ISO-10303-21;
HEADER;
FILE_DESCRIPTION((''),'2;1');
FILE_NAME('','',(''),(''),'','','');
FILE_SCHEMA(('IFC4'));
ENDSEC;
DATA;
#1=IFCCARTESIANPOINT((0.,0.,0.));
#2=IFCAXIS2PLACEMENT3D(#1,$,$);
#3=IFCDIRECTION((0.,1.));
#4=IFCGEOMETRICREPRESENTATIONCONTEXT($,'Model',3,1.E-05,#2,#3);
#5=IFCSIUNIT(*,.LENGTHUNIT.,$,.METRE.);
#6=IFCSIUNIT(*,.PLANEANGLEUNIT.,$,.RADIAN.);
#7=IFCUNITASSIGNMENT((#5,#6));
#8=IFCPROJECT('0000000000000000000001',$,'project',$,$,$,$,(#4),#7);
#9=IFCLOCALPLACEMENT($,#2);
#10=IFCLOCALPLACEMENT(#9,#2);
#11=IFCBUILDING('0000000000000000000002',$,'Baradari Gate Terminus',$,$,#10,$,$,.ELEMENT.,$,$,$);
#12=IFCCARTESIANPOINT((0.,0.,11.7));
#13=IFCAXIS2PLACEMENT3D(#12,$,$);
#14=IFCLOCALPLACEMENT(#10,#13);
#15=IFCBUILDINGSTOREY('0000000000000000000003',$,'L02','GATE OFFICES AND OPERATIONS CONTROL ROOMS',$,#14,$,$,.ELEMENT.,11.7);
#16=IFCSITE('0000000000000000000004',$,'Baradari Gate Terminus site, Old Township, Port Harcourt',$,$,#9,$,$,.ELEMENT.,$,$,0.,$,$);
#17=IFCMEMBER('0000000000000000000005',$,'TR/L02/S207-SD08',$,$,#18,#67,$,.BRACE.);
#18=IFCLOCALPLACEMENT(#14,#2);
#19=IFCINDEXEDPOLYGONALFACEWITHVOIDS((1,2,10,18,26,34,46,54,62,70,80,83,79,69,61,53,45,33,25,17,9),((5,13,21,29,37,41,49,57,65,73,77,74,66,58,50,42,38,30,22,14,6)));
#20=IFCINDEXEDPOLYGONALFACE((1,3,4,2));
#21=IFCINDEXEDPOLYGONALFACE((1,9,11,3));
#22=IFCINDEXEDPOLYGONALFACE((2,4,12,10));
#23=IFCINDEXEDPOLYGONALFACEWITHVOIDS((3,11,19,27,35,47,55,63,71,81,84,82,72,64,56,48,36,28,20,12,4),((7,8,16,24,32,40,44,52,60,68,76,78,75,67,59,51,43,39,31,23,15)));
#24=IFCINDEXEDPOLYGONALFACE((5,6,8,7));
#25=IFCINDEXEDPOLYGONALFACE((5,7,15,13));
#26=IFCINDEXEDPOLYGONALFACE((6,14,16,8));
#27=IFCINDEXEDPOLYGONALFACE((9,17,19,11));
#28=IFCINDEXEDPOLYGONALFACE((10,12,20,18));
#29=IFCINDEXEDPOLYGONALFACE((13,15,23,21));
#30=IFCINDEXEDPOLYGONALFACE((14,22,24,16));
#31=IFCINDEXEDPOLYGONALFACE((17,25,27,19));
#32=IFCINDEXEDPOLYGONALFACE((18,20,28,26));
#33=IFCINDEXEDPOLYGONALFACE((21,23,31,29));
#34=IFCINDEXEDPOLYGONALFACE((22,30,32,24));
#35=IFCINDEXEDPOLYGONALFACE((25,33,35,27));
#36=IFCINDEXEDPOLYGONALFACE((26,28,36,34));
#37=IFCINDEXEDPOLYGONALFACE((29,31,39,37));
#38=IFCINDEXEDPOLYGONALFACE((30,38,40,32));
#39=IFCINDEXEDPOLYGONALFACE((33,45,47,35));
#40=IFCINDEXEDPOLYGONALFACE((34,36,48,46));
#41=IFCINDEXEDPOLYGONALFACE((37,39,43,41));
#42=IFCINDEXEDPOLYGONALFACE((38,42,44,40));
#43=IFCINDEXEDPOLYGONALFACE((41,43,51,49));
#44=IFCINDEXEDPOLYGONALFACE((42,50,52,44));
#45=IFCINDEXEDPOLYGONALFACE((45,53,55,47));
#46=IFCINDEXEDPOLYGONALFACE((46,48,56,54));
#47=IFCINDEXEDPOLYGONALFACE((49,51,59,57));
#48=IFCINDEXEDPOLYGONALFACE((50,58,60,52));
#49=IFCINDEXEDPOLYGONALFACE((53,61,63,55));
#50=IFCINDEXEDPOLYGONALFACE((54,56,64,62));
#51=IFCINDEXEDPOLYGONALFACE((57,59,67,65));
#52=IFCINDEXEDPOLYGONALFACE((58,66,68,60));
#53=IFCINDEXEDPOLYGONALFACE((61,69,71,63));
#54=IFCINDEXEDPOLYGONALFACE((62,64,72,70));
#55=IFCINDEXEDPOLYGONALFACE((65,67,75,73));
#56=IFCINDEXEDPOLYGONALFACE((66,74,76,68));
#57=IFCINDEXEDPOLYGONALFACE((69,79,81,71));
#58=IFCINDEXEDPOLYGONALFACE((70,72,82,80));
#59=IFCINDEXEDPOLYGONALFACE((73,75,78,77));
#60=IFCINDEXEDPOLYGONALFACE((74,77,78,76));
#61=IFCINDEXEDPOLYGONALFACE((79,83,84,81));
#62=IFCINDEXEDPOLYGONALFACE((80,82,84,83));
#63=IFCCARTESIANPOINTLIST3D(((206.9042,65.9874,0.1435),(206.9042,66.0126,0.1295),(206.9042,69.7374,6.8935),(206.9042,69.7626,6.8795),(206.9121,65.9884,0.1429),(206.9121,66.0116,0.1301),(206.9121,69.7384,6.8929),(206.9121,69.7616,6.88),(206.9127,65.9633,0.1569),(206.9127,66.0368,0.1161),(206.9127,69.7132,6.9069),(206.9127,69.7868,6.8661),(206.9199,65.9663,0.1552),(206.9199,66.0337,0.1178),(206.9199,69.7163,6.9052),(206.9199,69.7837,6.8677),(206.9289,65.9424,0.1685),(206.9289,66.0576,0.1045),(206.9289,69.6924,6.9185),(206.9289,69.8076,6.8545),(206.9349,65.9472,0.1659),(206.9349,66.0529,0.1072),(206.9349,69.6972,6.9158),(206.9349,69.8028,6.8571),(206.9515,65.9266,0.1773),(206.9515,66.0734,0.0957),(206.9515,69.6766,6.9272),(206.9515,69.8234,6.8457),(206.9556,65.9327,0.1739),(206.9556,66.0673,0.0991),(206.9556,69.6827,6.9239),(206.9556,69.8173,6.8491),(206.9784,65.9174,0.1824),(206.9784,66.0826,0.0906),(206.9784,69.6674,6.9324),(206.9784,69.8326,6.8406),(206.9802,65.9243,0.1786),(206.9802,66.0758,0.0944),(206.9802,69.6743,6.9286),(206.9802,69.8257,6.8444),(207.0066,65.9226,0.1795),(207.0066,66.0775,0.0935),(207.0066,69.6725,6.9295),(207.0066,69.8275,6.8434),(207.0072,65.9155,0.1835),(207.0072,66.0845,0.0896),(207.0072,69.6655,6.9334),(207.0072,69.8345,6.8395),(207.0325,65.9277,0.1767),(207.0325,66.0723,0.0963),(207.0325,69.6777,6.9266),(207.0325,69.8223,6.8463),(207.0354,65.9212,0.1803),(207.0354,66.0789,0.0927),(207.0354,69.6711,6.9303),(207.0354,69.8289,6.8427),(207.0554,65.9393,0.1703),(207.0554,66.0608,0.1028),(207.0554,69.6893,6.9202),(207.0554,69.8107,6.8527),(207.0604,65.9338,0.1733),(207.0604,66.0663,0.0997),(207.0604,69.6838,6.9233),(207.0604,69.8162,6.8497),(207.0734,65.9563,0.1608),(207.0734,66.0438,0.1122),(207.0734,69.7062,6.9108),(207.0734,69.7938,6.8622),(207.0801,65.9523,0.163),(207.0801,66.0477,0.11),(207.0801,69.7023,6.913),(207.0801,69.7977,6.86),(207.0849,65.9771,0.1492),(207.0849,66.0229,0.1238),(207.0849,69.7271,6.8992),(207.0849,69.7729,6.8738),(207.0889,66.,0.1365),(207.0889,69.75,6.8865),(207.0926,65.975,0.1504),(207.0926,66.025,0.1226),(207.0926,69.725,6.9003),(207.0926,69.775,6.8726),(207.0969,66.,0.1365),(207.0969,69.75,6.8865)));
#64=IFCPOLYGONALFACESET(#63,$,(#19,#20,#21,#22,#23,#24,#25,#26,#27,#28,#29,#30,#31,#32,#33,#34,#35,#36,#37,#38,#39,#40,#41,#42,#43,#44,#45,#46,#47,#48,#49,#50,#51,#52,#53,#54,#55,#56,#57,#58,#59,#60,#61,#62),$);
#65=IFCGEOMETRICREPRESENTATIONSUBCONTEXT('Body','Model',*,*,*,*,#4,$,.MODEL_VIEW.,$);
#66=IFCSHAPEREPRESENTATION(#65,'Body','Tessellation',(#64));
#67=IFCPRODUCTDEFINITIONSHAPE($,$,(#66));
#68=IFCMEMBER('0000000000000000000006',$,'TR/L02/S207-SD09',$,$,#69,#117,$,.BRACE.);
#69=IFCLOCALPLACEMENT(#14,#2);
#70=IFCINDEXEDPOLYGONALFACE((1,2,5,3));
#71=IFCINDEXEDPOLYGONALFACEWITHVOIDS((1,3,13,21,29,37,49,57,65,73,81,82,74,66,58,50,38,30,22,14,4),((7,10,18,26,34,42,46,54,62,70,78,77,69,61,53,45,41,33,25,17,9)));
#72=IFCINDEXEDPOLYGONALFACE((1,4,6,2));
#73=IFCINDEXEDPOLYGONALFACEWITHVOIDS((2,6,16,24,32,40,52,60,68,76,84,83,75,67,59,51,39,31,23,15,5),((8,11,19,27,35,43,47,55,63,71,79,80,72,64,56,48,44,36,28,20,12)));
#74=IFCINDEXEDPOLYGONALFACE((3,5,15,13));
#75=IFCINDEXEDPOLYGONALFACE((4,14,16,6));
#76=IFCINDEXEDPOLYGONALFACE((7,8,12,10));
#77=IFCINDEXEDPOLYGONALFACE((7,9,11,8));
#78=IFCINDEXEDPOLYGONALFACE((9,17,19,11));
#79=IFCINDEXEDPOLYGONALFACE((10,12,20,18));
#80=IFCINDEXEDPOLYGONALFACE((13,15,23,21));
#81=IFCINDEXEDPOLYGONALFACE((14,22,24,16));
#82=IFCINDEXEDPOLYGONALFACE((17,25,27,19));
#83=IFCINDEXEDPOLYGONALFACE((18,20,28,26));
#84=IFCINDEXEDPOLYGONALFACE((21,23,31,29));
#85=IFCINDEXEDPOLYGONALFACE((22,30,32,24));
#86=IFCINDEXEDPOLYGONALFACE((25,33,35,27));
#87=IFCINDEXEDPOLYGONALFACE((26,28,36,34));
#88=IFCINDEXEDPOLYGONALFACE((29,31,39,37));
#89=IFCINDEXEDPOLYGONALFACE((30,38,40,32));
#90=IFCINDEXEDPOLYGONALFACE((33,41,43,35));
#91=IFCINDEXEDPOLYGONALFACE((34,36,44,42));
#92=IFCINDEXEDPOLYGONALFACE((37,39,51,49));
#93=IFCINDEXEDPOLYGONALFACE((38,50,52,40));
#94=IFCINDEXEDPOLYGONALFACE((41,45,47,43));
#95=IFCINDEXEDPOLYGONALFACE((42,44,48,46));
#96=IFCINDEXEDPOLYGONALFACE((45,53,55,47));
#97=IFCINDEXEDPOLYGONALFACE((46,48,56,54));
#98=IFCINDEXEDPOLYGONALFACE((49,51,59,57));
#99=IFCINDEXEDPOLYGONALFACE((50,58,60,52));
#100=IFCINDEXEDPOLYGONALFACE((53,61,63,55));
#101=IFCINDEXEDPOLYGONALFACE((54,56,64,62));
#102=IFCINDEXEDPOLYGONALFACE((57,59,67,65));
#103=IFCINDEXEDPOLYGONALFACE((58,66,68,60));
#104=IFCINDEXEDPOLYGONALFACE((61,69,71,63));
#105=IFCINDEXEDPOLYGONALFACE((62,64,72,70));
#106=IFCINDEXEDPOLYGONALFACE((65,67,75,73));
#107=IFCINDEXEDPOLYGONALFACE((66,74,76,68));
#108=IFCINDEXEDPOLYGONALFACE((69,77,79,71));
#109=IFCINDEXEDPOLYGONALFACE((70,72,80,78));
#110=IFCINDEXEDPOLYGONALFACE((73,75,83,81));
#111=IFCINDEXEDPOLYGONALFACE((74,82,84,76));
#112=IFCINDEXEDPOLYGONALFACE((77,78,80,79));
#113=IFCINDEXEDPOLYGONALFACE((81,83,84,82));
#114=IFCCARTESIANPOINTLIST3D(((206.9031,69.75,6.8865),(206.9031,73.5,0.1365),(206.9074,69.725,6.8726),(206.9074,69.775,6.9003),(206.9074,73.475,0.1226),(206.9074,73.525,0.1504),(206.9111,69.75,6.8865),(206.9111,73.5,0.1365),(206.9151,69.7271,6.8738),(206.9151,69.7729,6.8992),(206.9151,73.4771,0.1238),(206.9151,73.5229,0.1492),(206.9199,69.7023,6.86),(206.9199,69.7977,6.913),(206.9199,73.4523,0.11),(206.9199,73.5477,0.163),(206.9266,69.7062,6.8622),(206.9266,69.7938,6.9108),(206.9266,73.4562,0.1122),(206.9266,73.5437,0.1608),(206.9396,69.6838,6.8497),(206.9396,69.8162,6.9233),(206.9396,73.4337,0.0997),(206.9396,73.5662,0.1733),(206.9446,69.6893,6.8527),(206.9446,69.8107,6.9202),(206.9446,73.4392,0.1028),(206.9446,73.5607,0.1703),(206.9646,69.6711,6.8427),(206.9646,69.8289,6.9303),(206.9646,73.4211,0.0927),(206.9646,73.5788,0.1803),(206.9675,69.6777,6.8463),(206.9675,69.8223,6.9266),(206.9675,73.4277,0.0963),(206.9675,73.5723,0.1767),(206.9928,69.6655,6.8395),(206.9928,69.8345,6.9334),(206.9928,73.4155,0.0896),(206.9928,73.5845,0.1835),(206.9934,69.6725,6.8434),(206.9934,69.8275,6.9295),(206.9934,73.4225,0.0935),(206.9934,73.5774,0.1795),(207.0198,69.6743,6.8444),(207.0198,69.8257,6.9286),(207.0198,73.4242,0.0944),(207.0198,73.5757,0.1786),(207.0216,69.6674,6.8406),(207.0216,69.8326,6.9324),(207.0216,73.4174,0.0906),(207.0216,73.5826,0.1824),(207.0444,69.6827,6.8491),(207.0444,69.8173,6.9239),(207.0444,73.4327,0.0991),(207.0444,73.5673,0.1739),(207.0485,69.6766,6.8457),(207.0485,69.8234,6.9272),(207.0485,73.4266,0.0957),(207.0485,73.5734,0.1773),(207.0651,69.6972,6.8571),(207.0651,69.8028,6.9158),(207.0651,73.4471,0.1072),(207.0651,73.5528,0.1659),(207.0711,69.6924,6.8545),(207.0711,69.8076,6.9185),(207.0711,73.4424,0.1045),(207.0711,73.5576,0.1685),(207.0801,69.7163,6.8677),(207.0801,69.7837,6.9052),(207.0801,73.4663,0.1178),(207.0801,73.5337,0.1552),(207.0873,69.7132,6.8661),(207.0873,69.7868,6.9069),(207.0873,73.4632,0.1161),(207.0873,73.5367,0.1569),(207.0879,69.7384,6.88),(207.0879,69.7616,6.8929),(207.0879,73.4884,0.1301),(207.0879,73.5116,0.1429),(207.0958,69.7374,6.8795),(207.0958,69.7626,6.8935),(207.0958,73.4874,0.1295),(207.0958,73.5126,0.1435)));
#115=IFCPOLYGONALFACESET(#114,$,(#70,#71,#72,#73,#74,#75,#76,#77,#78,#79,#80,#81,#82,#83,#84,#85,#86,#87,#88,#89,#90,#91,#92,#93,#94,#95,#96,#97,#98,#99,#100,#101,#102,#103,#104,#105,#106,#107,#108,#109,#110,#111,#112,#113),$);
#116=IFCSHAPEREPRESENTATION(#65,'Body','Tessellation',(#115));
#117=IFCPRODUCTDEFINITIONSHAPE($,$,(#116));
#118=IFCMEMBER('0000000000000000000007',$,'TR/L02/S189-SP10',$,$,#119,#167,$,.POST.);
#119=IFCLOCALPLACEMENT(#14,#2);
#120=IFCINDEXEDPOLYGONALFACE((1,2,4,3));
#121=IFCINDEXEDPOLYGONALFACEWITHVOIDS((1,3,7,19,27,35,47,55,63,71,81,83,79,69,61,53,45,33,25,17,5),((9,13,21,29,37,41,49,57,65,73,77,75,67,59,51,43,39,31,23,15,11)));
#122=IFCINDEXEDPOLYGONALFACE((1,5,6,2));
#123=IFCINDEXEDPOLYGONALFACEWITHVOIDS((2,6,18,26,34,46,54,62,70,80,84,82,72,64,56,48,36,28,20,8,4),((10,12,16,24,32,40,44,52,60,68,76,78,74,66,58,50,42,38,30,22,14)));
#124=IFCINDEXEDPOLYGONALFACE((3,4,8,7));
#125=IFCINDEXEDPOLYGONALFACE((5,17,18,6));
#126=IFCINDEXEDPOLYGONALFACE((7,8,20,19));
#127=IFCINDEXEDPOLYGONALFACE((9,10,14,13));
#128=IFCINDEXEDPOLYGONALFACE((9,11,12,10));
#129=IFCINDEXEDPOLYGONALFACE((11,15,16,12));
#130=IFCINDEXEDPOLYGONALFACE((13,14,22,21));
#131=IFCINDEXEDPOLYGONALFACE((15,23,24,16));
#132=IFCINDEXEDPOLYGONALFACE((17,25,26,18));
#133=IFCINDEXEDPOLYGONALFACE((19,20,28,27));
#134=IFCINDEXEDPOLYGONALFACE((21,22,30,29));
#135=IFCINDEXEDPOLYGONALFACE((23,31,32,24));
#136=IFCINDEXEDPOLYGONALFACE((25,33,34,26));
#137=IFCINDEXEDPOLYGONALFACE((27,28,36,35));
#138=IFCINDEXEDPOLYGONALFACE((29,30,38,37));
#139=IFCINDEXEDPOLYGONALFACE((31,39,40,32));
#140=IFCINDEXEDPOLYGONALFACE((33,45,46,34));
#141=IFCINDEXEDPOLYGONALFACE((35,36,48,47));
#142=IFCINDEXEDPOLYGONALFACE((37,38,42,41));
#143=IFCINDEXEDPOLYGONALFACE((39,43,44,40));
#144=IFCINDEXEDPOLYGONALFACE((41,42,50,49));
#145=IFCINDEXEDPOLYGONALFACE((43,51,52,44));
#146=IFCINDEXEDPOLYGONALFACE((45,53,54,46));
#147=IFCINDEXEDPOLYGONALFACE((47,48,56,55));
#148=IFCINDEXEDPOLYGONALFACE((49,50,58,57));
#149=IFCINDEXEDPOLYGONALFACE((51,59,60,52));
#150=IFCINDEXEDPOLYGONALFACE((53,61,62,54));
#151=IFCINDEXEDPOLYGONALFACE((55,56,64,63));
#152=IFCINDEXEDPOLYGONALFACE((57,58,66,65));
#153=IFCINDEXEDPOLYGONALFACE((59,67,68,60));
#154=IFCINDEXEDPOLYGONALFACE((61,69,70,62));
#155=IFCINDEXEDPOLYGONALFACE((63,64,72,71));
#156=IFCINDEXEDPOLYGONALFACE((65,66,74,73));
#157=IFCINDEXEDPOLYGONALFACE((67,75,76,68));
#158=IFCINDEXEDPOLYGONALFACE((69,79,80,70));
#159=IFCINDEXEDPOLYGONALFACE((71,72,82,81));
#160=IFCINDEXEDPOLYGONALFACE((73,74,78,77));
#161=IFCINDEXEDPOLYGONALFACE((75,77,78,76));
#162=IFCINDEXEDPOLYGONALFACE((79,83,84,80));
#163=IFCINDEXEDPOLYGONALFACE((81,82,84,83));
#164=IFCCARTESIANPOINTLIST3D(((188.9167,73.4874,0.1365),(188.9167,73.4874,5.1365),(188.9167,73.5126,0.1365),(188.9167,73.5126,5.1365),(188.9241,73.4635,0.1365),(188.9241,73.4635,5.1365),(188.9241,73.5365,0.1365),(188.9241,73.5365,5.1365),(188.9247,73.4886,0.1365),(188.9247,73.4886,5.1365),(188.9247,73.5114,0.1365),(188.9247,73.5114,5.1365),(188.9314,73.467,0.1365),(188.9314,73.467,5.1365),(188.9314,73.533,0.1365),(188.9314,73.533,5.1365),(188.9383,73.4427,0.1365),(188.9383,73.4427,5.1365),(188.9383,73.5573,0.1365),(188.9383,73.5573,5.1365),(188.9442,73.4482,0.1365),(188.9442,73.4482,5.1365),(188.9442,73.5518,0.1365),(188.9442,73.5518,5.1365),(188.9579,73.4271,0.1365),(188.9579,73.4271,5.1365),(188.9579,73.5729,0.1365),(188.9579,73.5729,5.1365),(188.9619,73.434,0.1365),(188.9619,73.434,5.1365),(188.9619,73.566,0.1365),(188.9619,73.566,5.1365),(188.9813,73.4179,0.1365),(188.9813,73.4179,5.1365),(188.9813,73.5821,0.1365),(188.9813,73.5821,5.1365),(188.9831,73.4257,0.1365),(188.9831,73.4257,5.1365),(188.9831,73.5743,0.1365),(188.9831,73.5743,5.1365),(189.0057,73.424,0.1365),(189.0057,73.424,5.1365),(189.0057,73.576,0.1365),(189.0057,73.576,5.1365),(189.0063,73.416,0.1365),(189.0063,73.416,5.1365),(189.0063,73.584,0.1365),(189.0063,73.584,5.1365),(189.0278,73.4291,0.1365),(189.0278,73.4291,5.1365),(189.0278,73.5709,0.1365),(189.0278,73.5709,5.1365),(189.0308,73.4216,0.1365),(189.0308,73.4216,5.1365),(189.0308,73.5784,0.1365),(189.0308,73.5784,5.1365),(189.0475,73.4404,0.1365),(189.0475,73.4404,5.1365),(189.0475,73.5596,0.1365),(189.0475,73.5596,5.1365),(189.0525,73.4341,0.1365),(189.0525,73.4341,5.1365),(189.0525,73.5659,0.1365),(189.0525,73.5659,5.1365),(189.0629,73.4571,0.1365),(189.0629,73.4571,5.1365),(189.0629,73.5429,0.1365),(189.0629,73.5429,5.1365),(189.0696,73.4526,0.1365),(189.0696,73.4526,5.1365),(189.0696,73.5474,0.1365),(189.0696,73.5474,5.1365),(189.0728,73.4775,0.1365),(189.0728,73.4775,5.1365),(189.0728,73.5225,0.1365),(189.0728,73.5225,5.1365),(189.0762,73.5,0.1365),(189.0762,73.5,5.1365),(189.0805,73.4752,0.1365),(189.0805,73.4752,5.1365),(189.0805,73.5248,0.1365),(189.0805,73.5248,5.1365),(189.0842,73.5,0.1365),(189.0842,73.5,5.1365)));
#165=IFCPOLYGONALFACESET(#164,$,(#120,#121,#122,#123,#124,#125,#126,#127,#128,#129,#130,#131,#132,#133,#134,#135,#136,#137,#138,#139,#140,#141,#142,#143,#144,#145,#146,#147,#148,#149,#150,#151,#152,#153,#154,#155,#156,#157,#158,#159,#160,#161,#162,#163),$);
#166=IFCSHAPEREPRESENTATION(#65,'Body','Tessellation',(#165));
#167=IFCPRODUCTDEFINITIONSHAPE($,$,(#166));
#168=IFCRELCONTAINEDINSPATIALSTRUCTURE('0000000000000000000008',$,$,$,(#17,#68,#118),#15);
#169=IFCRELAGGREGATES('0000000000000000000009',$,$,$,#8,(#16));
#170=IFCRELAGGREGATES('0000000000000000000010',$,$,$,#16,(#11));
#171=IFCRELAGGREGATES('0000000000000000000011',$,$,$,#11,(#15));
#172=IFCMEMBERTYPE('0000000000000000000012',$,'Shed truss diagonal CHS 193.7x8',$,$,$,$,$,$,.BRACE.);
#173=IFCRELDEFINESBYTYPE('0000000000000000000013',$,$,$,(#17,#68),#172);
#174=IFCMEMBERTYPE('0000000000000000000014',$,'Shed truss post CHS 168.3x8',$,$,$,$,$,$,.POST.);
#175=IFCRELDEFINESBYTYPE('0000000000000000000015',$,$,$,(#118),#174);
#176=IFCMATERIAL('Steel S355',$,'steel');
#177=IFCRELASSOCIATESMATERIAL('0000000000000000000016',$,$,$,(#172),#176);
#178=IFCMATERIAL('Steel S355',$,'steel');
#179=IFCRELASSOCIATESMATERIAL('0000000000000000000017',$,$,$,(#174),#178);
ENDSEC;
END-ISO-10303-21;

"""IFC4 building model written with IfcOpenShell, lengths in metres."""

from ifc_helpers import new_model, si_unit, direction, frame, origin, origin_2d, place, context, subcontext, project, spatial, hollow_circle, extrude, material, material_profile, profile_set, type_object, element, save


model = new_model("IFC4")

# Units and contexts
model_context = context("Model", 3, precision=1e-05, world=origin(), true_north=direction((0.0, 1.0)))
body_context = subcontext(model_context, "Body", "Model", "MODEL_VIEW")
ifc_project = project(units=[si_unit("LENGTHUNIT", "METRE"), si_unit("PLANEANGLEUNIT", "RADIAN")], contexts=[model_context])

# Site, building, storey
site_placement = place(None, origin())
site = spatial("IfcSite", under=ifc_project, at=site_placement, Name="Baradari Gate Terminus site, Old Township, Port Harcourt", CompositionType="ELEMENT", RefElevation=0.0)
building_placement = place(site_placement, origin())
building = spatial("IfcBuilding", under=site, at=building_placement, Name="Baradari Gate Terminus", CompositionType="ELEMENT")
storey_placement = place(building_placement, frame((0.0, 0.0, 11.7)))
storey = spatial("IfcBuildingStorey", under=building, at=storey_placement, Name="L02", Description="GATE OFFICES AND OPERATIONS CONTROL ROOMS", CompositionType="ELEMENT", Elevation=11.7)

# Members
ifc_material_1 = material(Name="Steel S355", Category="steel")
ifc_material_profile_1 = material_profile(ifc_material_1, hollow_circle(Radius=0.0969, WallThickness=0.0081, at=origin_2d()), Name="CHS 193.7x8")
ifc_profile_set_1 = profile_set([ifc_material_profile_1], Name="Steel S355")
member_type_1 = type_object("IfcMemberType", Name="Shed truss diagonal CHS 193.7x8", PredefinedType="BRACE", material=ifc_profile_set_1)
for number, where, z_axis, x_axis, name in (
    (1, (207.0, 69.75, 6.8865), (0.0, -0.485643, -0.874157), (1.0, 0.0, 0.0), "TR/L02/S207-SD08"),
    (2, (207.0, 69.75, 6.8865), (0.0, 0.485643, -0.874157), (-1.0, 0.0, 0.0), "TR/L02/S207-SD09"),
):
    element("IfcMember", number, at=place(storey_placement, frame(where, z_axis=z_axis, x_axis=x_axis)), inside=storey, type_object=member_type_1, Name=name, PredefinedType="BRACE", context=body_context, shape_type="SweptSolid", body=[
        extrude(hollow_circle(Radius=0.0969, WallThickness=0.0081, at=origin_2d()), origin(), (0.0, 0.0, 1.0), 7.7217),
    ])
ifc_material_2 = material(Name="Steel S355", Category="steel")
ifc_material_profile_2 = material_profile(ifc_material_2, hollow_circle(Radius=0.0842, WallThickness=0.0081, at=origin_2d()), Name="CHS 168.3x8")
ifc_profile_set_2 = profile_set([ifc_material_profile_2], Name="Steel S355")
member_type_2 = type_object("IfcMemberType", Name="Shed truss post CHS 168.3x8", PredefinedType="POST", material=ifc_profile_set_2)
for number, where, z_axis, x_axis, name in (
    (3, (189.0, 73.5, 0.1365), (0.0, 0.0, 1.0), (1.0, 0.0, 0.0), "TR/L02/S189-SP10"),
):
    element("IfcMember", number, at=place(storey_placement, frame(where, z_axis=z_axis, x_axis=x_axis)), inside=storey, type_object=member_type_2, Name=name, PredefinedType="POST", context=body_context, shape_type="SweptSolid", body=[
        extrude(hollow_circle(Radius=0.0842, WallThickness=0.0081, at=origin_2d()), origin(), (0.0, 0.0, 1.0), 5.0),
    ])

save(model, "model.ifc")
